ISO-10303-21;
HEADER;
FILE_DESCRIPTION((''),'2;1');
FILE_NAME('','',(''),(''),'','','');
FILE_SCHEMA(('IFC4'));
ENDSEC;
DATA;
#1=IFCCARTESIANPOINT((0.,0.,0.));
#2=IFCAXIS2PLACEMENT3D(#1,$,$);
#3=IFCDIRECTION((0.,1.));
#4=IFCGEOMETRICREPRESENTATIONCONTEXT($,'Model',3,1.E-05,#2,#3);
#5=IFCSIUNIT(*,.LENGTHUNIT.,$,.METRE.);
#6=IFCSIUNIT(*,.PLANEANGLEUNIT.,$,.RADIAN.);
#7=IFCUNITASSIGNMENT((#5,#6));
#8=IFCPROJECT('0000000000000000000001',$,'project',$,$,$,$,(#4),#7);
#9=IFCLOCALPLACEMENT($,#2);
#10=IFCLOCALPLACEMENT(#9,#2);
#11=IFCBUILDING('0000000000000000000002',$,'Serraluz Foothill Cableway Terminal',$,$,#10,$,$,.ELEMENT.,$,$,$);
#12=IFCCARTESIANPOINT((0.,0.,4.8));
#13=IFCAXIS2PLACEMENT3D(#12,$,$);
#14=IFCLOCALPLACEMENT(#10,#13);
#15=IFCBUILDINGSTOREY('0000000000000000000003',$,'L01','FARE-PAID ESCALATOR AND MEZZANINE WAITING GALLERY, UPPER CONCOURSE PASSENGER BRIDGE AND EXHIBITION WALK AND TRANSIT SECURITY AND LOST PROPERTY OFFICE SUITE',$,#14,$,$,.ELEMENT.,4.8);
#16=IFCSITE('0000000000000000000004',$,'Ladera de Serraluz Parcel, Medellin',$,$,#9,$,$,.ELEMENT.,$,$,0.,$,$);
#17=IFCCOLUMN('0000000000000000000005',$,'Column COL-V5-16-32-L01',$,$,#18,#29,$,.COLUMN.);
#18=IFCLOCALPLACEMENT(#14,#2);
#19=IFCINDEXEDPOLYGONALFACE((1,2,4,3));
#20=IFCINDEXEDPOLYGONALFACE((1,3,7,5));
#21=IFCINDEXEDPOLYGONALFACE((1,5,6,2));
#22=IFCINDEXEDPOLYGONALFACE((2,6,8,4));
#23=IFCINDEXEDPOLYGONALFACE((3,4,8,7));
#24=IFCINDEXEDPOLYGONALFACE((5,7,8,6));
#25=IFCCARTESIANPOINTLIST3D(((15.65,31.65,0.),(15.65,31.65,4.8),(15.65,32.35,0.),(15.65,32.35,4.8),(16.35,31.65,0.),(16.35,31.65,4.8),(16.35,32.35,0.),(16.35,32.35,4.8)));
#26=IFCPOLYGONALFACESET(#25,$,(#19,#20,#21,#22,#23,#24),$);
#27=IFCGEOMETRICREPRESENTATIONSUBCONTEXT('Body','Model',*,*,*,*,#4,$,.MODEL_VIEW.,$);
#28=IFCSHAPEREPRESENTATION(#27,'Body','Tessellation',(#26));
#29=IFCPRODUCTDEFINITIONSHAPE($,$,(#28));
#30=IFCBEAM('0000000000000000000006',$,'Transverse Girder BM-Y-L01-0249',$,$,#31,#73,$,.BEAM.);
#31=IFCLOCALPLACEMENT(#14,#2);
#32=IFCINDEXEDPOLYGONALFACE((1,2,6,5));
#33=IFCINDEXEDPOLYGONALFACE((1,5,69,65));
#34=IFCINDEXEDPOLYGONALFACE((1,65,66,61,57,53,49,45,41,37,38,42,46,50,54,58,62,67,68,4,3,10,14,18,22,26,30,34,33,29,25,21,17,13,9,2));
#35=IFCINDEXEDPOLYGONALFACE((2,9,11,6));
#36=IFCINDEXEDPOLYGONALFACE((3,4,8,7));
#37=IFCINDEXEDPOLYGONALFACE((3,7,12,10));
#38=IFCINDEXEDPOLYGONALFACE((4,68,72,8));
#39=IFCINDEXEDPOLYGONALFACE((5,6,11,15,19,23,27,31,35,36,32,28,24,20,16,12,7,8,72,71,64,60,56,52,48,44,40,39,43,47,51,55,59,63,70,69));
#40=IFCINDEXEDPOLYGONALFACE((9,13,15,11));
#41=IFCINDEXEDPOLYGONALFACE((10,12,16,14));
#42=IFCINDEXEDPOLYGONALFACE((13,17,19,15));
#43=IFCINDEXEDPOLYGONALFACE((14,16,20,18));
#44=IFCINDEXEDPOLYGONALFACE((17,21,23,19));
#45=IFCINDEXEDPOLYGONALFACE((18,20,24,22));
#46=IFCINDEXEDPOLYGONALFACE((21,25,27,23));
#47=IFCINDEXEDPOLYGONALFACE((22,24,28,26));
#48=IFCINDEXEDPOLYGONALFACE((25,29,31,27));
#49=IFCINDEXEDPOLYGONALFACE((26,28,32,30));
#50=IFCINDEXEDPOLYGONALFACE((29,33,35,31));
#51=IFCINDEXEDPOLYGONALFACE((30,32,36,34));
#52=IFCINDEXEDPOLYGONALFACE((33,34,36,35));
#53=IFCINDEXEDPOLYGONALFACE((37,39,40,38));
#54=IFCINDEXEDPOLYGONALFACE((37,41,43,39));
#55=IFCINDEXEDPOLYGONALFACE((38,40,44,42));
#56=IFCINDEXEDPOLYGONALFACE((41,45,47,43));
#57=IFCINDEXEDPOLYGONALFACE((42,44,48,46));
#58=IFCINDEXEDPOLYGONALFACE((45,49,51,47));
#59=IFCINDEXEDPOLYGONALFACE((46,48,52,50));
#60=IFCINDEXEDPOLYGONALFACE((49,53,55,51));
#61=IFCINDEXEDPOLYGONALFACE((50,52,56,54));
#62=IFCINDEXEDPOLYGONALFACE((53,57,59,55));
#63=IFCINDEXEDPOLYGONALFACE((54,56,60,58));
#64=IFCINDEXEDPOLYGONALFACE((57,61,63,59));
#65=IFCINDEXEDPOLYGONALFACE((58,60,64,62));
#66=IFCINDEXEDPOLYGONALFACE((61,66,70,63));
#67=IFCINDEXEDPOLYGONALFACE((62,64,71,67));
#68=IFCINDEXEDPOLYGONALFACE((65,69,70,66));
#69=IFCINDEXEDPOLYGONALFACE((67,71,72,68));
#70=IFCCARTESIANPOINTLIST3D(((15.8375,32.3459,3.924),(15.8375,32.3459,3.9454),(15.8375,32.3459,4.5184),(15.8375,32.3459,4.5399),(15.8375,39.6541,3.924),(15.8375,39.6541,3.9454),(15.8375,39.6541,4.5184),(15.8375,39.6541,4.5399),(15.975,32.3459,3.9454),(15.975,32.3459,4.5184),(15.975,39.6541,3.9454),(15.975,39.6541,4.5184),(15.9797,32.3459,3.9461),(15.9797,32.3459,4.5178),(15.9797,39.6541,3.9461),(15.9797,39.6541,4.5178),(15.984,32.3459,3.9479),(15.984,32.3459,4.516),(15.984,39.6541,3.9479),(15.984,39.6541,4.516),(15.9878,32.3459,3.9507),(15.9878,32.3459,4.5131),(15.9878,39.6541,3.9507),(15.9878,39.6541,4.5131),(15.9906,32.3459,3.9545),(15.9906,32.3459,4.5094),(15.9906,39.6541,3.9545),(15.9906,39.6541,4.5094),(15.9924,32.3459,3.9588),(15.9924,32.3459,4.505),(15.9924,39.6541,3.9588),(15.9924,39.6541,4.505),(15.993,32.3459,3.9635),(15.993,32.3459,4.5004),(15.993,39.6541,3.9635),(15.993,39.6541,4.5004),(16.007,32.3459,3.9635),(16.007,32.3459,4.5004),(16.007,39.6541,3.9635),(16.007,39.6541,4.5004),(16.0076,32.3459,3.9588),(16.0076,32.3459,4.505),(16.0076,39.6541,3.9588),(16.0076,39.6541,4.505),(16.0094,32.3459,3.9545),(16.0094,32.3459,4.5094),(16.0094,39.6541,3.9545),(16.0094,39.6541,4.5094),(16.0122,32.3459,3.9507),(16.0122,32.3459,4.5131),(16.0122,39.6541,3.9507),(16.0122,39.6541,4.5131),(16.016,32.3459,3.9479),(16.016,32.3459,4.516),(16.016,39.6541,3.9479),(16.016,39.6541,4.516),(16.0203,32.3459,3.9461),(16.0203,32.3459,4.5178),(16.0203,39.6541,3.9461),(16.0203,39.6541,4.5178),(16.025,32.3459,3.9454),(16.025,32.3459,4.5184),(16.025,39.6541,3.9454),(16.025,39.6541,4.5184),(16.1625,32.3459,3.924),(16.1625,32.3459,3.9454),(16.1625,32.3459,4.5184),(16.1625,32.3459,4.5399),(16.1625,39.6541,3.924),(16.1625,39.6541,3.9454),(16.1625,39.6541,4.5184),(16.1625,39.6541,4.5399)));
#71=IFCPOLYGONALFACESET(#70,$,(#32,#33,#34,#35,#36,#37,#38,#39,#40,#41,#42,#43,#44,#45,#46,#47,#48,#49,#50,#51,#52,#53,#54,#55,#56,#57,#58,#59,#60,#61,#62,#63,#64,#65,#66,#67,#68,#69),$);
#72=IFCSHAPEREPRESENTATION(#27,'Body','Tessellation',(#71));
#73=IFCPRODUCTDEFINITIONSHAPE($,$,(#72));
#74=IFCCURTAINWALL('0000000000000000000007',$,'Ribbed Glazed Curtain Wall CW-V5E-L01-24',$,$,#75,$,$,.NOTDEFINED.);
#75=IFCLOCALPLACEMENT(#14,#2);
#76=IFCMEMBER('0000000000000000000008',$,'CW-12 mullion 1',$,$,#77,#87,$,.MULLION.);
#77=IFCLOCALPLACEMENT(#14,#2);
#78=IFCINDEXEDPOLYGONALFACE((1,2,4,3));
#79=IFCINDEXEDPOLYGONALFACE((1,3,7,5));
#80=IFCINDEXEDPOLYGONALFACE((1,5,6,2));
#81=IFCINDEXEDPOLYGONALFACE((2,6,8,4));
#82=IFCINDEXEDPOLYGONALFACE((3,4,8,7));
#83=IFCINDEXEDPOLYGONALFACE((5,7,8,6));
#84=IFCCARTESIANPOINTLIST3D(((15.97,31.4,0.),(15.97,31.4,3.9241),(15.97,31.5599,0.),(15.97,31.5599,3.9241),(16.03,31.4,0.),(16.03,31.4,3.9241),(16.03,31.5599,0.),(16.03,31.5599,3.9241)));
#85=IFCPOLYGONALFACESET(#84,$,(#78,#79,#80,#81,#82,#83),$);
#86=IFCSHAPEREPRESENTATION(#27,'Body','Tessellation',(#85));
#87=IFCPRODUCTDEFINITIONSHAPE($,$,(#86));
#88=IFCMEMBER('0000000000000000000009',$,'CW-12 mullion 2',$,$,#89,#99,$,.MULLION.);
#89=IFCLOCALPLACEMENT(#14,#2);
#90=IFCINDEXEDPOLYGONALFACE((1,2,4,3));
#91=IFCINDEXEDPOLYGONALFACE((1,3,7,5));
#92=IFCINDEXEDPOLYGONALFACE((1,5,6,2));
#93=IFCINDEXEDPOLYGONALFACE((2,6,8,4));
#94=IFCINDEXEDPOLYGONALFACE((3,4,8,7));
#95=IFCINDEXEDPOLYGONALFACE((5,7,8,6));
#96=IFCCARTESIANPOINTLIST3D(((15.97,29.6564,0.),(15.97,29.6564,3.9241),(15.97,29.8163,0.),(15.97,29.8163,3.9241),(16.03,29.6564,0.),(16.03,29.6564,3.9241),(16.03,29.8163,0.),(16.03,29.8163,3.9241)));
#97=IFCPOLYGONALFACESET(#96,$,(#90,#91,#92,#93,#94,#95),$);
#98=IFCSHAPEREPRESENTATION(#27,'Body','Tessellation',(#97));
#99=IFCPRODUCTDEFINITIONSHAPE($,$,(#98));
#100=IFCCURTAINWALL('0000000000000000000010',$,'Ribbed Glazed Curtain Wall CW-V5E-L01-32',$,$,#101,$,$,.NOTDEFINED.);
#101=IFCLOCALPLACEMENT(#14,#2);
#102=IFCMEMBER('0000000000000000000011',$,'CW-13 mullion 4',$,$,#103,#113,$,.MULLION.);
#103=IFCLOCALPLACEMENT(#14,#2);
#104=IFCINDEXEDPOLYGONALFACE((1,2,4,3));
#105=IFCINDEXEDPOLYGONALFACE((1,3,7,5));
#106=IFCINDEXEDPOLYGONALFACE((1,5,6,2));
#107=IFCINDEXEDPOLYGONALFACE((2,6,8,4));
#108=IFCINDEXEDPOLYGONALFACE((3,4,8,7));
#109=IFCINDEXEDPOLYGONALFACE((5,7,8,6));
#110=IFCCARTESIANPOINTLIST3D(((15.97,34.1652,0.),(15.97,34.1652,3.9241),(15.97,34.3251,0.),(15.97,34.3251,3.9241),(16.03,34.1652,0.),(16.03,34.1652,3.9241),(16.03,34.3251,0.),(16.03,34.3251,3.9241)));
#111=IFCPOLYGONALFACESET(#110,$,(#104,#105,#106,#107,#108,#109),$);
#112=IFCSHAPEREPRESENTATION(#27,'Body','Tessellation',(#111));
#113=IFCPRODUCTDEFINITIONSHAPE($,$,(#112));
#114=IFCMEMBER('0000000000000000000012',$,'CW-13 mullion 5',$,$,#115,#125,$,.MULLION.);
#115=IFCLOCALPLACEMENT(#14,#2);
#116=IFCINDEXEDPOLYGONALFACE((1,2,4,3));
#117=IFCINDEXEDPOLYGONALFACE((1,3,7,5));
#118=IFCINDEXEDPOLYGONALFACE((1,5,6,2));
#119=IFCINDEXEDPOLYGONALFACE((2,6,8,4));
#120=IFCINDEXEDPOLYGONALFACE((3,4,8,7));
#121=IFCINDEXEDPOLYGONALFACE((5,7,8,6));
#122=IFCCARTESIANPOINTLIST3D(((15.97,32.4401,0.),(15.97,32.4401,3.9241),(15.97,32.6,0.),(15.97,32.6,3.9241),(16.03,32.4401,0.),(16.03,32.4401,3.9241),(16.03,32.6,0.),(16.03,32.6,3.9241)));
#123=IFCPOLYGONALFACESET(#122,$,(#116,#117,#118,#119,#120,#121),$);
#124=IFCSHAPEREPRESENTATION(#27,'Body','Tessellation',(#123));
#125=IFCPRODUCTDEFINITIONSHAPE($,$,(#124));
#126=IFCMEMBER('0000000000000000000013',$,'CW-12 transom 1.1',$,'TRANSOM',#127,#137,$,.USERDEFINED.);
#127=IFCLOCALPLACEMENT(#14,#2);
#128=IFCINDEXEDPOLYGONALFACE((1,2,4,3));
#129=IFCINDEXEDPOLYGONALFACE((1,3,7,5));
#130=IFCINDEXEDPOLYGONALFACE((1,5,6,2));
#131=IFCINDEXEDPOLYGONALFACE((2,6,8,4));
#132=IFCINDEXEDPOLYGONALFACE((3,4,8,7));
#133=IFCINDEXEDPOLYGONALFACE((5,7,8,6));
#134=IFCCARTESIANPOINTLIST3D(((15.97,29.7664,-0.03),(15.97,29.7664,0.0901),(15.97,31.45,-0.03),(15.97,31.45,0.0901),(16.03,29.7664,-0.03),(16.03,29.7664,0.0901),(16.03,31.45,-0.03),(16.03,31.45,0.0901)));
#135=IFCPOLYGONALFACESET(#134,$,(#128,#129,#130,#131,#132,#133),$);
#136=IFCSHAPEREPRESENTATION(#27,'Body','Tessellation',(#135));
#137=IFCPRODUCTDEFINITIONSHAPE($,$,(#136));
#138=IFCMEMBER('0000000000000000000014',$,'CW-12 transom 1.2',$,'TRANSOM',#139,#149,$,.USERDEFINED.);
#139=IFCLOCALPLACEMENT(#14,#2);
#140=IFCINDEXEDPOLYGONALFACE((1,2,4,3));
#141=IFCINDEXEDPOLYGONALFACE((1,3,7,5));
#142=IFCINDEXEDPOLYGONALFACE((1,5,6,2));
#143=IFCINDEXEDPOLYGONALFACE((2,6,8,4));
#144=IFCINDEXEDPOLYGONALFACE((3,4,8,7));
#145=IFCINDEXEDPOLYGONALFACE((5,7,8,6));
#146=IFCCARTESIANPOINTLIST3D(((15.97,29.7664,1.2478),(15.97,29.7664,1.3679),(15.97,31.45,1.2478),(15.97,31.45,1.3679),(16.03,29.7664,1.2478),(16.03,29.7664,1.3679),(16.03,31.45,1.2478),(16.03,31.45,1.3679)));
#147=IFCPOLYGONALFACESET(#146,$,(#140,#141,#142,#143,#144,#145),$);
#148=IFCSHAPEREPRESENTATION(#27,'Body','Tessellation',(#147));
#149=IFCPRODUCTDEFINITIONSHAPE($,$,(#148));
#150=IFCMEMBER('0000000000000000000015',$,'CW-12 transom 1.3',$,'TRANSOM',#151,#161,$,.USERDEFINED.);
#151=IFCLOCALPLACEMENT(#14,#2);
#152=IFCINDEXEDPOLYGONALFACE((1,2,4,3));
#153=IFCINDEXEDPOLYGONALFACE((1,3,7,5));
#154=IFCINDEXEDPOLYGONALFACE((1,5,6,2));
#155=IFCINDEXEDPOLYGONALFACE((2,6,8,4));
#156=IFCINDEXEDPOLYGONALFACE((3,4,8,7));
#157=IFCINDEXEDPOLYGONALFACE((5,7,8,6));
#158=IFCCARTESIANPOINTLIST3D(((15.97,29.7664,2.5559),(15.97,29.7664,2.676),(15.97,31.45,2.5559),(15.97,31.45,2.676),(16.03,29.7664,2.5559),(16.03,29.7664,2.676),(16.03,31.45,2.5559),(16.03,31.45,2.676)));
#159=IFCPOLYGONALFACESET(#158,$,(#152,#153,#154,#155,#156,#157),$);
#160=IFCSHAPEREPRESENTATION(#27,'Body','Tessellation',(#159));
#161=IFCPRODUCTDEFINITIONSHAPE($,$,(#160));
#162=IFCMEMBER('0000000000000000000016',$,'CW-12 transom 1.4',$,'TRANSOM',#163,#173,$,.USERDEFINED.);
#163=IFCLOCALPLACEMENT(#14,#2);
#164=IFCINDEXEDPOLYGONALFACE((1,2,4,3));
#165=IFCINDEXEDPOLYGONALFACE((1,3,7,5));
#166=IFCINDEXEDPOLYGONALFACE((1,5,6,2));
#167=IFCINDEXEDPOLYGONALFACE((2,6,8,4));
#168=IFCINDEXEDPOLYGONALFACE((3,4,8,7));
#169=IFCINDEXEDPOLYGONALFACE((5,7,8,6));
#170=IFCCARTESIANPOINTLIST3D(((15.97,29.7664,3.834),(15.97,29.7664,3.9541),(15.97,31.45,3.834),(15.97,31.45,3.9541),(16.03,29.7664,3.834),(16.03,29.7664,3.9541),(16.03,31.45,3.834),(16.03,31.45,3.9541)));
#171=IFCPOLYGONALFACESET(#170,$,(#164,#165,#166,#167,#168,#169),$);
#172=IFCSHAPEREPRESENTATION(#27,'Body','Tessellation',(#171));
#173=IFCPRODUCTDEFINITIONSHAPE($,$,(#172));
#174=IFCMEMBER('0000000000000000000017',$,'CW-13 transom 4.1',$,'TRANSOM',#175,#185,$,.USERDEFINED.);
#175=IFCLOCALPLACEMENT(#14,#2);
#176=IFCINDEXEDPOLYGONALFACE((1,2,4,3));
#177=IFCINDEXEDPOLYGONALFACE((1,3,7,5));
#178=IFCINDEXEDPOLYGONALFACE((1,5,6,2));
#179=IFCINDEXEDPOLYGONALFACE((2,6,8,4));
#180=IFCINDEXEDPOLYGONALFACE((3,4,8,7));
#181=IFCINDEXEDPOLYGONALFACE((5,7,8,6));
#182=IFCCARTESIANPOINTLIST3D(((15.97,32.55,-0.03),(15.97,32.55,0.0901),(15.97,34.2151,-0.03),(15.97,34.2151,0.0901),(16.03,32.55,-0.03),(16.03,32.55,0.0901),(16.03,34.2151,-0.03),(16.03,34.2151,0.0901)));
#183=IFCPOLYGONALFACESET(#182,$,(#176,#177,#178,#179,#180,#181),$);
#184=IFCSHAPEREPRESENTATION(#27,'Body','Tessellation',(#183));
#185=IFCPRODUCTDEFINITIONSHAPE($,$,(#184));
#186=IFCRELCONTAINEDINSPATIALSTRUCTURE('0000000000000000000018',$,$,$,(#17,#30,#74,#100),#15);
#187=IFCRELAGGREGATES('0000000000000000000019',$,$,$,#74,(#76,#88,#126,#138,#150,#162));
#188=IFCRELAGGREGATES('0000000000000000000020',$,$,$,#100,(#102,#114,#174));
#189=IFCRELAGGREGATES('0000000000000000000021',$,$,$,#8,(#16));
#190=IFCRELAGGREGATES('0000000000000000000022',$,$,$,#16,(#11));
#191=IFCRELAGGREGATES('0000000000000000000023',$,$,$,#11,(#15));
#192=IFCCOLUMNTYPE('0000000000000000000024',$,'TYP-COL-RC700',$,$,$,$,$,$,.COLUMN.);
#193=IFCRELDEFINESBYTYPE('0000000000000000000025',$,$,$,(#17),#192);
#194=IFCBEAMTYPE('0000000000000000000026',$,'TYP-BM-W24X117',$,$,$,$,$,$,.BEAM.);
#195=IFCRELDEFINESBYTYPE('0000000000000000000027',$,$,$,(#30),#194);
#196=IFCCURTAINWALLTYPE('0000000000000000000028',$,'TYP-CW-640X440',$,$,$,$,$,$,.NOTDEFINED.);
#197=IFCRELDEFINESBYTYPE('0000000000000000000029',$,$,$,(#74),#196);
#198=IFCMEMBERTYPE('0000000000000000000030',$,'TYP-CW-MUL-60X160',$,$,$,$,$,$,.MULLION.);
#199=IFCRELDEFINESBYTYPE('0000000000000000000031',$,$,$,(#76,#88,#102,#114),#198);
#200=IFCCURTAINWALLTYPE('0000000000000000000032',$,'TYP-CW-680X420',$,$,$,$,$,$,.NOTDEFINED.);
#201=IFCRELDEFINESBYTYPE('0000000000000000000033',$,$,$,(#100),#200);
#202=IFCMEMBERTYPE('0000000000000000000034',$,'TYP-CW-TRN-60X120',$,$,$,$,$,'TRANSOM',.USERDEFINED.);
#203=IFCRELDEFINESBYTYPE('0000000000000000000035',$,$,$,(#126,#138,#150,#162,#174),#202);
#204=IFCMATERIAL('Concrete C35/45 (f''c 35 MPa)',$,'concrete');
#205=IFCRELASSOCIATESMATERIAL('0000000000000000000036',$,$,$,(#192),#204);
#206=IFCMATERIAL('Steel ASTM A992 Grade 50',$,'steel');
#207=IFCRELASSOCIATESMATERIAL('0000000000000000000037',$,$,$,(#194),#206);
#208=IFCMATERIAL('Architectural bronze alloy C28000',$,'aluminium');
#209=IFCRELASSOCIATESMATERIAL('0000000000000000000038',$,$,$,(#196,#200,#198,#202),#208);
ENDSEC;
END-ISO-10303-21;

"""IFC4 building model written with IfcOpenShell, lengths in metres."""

from ifc_helpers import new_model, si_unit, direction, frame, origin, origin_2d, place, context, subcontext, project, spatial, rectangle, i_section, extrude, material, material_profile, profile_set, type_object, element, aggregate, save


model = new_model("IFC4")

# Units and contexts
model_context = context("Model", 3, precision=1e-05, world=origin(), true_north=direction((0.0, 1.0)))
body_context = subcontext(model_context, "Body", "Model", "MODEL_VIEW")
ifc_project = project(units=[si_unit("LENGTHUNIT", "METRE"), si_unit("PLANEANGLEUNIT", "RADIAN")], contexts=[model_context])

# Site, building, storey
site_placement = place(None, origin())
site = spatial("IfcSite", under=ifc_project, at=site_placement, Name="Ladera de Serraluz Parcel, Medellin", CompositionType="ELEMENT", RefElevation=0.0)
building_placement = place(site_placement, origin())
building = spatial("IfcBuilding", under=site, at=building_placement, Name="Serraluz Foothill Cableway Terminal", CompositionType="ELEMENT")
storey_placement = place(building_placement, frame((0.0, 0.0, 4.8)))
storey = spatial("IfcBuildingStorey", under=building, at=storey_placement, Name="L01", Description="FARE-PAID ESCALATOR AND MEZZANINE WAITING GALLERY, UPPER CONCOURSE PASSENGER BRIDGE AND EXHIBITION WALK AND TRANSIT SECURITY AND LOST PROPERTY OFFICE SUITE", CompositionType="ELEMENT", Elevation=4.8)

# Column
ifc_material_1 = material(Name="Concrete C35/45 (f'c 35 MPa)", Category="concrete")
ifc_material_profile_1 = material_profile(ifc_material_1, rectangle(XDim=0.7, YDim=0.7, at=origin_2d()), Name="RC 700x700")
ifc_profile_set_1 = profile_set([ifc_material_profile_1], Name="Concrete C35/45 (f'c 35 MPa)")
column_type = type_object("IfcColumnType", Name="TYP-COL-RC700", PredefinedType="COLUMN", material=ifc_profile_set_1)
column_placement = place(storey_placement, frame((16.0, 32.0, 0.0), z_axis=(0.0, 0.0, 1.0), x_axis=(1.0, 0.0, 0.0)))
element("IfcColumn", 1, at=column_placement, inside=storey, type_object=column_type, Name="Column COL-V5-16-32-L01", PredefinedType="COLUMN", context=body_context, shape_type="SweptSolid", body=[
    extrude(rectangle(XDim=0.7, YDim=0.7, at=origin_2d()), origin(), (0.0, 0.0, 1.0), 4.8),
])

# Beam
ifc_material_2 = material(Name="Steel ASTM A992 Grade 50", Category="steel")
ifc_material_profile_2 = material_profile(ifc_material_2, i_section(OverallWidth=0.325, OverallDepth=0.616, WebThickness=0.0139, FlangeThickness=0.0215, FilletRadius=0.0181, at=origin_2d()), Name="W24X117")
ifc_profile_set_2 = profile_set([ifc_material_profile_2], Name="Steel ASTM A992 Grade 50")
beam_type = type_object("IfcBeamType", Name="TYP-BM-W24X117", PredefinedType="BEAM", material=ifc_profile_set_2)
beam_placement = place(storey_placement, frame((16.0, 32.3459, 4.2319), z_axis=(0.0, 1.0, 0.0), x_axis=(-1.0, 0.0, 0.0)))
element("IfcBeam", 2, at=beam_placement, inside=storey, type_object=beam_type, Name="Transverse Girder BM-Y-L01-0249", PredefinedType="BEAM", context=body_context, shape_type="SweptSolid", body=[
    extrude(i_section(OverallWidth=0.325, OverallDepth=0.616, WebThickness=0.0139, FlangeThickness=0.0215, FilletRadius=0.0181, at=origin_2d()), origin(), (0.0, 0.0, 1.0), 7.3081),
])

# Curtain walls, members
ifc_material_3 = material(Name="Architectural bronze alloy C28000", Category="aluminium")
curtain_wall_type_1 = type_object("IfcCurtainWallType", Name="TYP-CW-640X440", PredefinedType="NOTDEFINED", material=ifc_material_3)
curtain_wall_1_placement = place(storey_placement, origin())
curtain_wall_1 = element("IfcCurtainWall", 3, at=curtain_wall_1_placement, inside=storey, type_object=curtain_wall_type_1, Name="Ribbed Glazed Curtain Wall CW-V5E-L01-24", PredefinedType="NOTDEFINED")
ifc_material_profile_3 = material_profile(ifc_material_3, rectangle(XDim=0.0601, YDim=0.1599, at=origin_2d()), Name="ALU MULLION 60x160")
ifc_profile_set_3 = profile_set([ifc_material_profile_3], Name="Architectural bronze alloy C28000")
member_type_1 = type_object("IfcMemberType", Name="TYP-CW-MUL-60X160", PredefinedType="MULLION", material=ifc_profile_set_3)
member_1_placement = place(storey_placement, frame((16.0, 31.48, 0.0), z_axis=(0.0, 0.0, 1.0), x_axis=(1.0, 0.0, 0.0)))
member_1 = element("IfcMember", 4, at=member_1_placement, type_object=member_type_1, Name="CW-12 mullion 1", PredefinedType="MULLION", context=body_context, shape_type="SweptSolid", body=[
    extrude(rectangle(XDim=0.0601, YDim=0.1599, at=origin_2d()), origin(), (0.0, 0.0, 1.0), 3.9241),
])
member_2_placement = place(storey_placement, frame((16.0, 29.7363, 0.0), z_axis=(0.0, 0.0, 1.0), x_axis=(1.0, 0.0, 0.0)))
member_2 = element("IfcMember", 5, at=member_2_placement, type_object=member_type_1, Name="CW-12 mullion 2", PredefinedType="MULLION", context=body_context, shape_type="SweptSolid", body=[
    extrude(rectangle(XDim=0.0601, YDim=0.1599, at=origin_2d()), origin(), (0.0, 0.0, 1.0), 3.9241),
])
curtain_wall_type_2 = type_object("IfcCurtainWallType", Name="TYP-CW-680X420", PredefinedType="NOTDEFINED", material=ifc_material_3)
curtain_wall_2_placement = place(storey_placement, origin())
curtain_wall_2 = element("IfcCurtainWall", 6, at=curtain_wall_2_placement, inside=storey, type_object=curtain_wall_type_2, Name="Ribbed Glazed Curtain Wall CW-V5E-L01-32", PredefinedType="NOTDEFINED")
member_3_placement = place(storey_placement, frame((16.0, 34.2451, 0.0), z_axis=(0.0, 0.0, 1.0), x_axis=(1.0, 0.0, 0.0)))
member_3 = element("IfcMember", 7, at=member_3_placement, type_object=member_type_1, Name="CW-13 mullion 4", PredefinedType="MULLION", context=body_context, shape_type="SweptSolid", body=[
    extrude(rectangle(XDim=0.0601, YDim=0.1599, at=origin_2d()), origin(), (0.0, 0.0, 1.0), 3.9241),
])
member_4_placement = place(storey_placement, frame((16.0, 32.52, 0.0), z_axis=(0.0, 0.0, 1.0), x_axis=(1.0, 0.0, 0.0)))
member_4 = element("IfcMember", 8, at=member_4_placement, type_object=member_type_1, Name="CW-13 mullion 5", PredefinedType="MULLION", context=body_context, shape_type="SweptSolid", body=[
    extrude(rectangle(XDim=0.0601, YDim=0.1599, at=origin_2d()), origin(), (0.0, 0.0, 1.0), 3.9241),
])

# Members
ifc_material_profile_4 = material_profile(ifc_material_3, rectangle(XDim=0.0601, YDim=0.1201, at=origin_2d()), Name="ALU TRANSOM 60x120")
ifc_profile_set_4 = profile_set([ifc_material_profile_4], Name="Architectural bronze alloy C28000")
member_type_2 = type_object("IfcMemberType", Name="TYP-CW-TRN-60X120", ElementType="TRANSOM", PredefinedType="USERDEFINED", material=ifc_profile_set_4)
member_5_placement = place(storey_placement, frame((16.0, 31.45, 0.03), z_axis=(0.0, -1.0, 0.0), x_axis=(1.0, 0.0, 0.0)))
member_5 = element("IfcMember", 9, at=member_5_placement, type_object=member_type_2, Name="CW-12 transom 1.1", ObjectType="TRANSOM", PredefinedType="USERDEFINED", context=body_context, shape_type="SweptSolid", body=[
    extrude(rectangle(XDim=0.0601, YDim=0.1201, at=origin_2d()), origin(), (0.0, 0.0, 1.0), 1.6836),
])
member_6_placement = place(storey_placement, frame((16.0, 31.45, 1.3079), z_axis=(0.0, -1.0, 0.0), x_axis=(1.0, 0.0, 0.0)))
member_6 = element("IfcMember", 10, at=member_6_placement, type_object=member_type_2, Name="CW-12 transom 1.2", ObjectType="TRANSOM", PredefinedType="USERDEFINED", context=body_context, shape_type="SweptSolid", body=[
    extrude(rectangle(XDim=0.0601, YDim=0.1201, at=origin_2d()), origin(), (0.0, 0.0, 1.0), 1.6836),
])
member_7_placement = place(storey_placement, frame((16.0, 31.45, 2.616), z_axis=(0.0, -1.0, 0.0), x_axis=(1.0, 0.0, 0.0)))
member_7 = element("IfcMember", 11, at=member_7_placement, type_object=member_type_2, Name="CW-12 transom 1.3", ObjectType="TRANSOM", PredefinedType="USERDEFINED", context=body_context, shape_type="SweptSolid", body=[
    extrude(rectangle(XDim=0.0601, YDim=0.1201, at=origin_2d()), origin(), (0.0, 0.0, 1.0), 1.6836),
])
member_8_placement = place(storey_placement, frame((16.0, 31.45, 3.894), z_axis=(0.0, -1.0, 0.0), x_axis=(1.0, 0.0, 0.0)))
member_8 = element("IfcMember", 12, at=member_8_placement, type_object=member_type_2, Name="CW-12 transom 1.4", ObjectType="TRANSOM", PredefinedType="USERDEFINED", context=body_context, shape_type="SweptSolid", body=[
    extrude(rectangle(XDim=0.0601, YDim=0.1201, at=origin_2d()), origin(), (0.0, 0.0, 1.0), 1.6836),
])
member_9_placement = place(storey_placement, frame((16.0, 34.2151, 0.03), z_axis=(0.0, -1.0, 0.0), x_axis=(1.0, 0.0, 0.0)))
member_9 = element("IfcMember", 13, at=member_9_placement, type_object=member_type_2, Name="CW-13 transom 4.1", ObjectType="TRANSOM", PredefinedType="USERDEFINED", context=body_context, shape_type="SweptSolid", body=[
    extrude(rectangle(XDim=0.0601, YDim=0.1201, at=origin_2d()), origin(), (0.0, 0.0, 1.0), 1.665),
])

aggregate(curtain_wall_1, [member_1, member_2, member_5, member_6, member_7, member_8])
aggregate(curtain_wall_2, [member_3, member_4, member_9])

save(model, "model.ifc")
